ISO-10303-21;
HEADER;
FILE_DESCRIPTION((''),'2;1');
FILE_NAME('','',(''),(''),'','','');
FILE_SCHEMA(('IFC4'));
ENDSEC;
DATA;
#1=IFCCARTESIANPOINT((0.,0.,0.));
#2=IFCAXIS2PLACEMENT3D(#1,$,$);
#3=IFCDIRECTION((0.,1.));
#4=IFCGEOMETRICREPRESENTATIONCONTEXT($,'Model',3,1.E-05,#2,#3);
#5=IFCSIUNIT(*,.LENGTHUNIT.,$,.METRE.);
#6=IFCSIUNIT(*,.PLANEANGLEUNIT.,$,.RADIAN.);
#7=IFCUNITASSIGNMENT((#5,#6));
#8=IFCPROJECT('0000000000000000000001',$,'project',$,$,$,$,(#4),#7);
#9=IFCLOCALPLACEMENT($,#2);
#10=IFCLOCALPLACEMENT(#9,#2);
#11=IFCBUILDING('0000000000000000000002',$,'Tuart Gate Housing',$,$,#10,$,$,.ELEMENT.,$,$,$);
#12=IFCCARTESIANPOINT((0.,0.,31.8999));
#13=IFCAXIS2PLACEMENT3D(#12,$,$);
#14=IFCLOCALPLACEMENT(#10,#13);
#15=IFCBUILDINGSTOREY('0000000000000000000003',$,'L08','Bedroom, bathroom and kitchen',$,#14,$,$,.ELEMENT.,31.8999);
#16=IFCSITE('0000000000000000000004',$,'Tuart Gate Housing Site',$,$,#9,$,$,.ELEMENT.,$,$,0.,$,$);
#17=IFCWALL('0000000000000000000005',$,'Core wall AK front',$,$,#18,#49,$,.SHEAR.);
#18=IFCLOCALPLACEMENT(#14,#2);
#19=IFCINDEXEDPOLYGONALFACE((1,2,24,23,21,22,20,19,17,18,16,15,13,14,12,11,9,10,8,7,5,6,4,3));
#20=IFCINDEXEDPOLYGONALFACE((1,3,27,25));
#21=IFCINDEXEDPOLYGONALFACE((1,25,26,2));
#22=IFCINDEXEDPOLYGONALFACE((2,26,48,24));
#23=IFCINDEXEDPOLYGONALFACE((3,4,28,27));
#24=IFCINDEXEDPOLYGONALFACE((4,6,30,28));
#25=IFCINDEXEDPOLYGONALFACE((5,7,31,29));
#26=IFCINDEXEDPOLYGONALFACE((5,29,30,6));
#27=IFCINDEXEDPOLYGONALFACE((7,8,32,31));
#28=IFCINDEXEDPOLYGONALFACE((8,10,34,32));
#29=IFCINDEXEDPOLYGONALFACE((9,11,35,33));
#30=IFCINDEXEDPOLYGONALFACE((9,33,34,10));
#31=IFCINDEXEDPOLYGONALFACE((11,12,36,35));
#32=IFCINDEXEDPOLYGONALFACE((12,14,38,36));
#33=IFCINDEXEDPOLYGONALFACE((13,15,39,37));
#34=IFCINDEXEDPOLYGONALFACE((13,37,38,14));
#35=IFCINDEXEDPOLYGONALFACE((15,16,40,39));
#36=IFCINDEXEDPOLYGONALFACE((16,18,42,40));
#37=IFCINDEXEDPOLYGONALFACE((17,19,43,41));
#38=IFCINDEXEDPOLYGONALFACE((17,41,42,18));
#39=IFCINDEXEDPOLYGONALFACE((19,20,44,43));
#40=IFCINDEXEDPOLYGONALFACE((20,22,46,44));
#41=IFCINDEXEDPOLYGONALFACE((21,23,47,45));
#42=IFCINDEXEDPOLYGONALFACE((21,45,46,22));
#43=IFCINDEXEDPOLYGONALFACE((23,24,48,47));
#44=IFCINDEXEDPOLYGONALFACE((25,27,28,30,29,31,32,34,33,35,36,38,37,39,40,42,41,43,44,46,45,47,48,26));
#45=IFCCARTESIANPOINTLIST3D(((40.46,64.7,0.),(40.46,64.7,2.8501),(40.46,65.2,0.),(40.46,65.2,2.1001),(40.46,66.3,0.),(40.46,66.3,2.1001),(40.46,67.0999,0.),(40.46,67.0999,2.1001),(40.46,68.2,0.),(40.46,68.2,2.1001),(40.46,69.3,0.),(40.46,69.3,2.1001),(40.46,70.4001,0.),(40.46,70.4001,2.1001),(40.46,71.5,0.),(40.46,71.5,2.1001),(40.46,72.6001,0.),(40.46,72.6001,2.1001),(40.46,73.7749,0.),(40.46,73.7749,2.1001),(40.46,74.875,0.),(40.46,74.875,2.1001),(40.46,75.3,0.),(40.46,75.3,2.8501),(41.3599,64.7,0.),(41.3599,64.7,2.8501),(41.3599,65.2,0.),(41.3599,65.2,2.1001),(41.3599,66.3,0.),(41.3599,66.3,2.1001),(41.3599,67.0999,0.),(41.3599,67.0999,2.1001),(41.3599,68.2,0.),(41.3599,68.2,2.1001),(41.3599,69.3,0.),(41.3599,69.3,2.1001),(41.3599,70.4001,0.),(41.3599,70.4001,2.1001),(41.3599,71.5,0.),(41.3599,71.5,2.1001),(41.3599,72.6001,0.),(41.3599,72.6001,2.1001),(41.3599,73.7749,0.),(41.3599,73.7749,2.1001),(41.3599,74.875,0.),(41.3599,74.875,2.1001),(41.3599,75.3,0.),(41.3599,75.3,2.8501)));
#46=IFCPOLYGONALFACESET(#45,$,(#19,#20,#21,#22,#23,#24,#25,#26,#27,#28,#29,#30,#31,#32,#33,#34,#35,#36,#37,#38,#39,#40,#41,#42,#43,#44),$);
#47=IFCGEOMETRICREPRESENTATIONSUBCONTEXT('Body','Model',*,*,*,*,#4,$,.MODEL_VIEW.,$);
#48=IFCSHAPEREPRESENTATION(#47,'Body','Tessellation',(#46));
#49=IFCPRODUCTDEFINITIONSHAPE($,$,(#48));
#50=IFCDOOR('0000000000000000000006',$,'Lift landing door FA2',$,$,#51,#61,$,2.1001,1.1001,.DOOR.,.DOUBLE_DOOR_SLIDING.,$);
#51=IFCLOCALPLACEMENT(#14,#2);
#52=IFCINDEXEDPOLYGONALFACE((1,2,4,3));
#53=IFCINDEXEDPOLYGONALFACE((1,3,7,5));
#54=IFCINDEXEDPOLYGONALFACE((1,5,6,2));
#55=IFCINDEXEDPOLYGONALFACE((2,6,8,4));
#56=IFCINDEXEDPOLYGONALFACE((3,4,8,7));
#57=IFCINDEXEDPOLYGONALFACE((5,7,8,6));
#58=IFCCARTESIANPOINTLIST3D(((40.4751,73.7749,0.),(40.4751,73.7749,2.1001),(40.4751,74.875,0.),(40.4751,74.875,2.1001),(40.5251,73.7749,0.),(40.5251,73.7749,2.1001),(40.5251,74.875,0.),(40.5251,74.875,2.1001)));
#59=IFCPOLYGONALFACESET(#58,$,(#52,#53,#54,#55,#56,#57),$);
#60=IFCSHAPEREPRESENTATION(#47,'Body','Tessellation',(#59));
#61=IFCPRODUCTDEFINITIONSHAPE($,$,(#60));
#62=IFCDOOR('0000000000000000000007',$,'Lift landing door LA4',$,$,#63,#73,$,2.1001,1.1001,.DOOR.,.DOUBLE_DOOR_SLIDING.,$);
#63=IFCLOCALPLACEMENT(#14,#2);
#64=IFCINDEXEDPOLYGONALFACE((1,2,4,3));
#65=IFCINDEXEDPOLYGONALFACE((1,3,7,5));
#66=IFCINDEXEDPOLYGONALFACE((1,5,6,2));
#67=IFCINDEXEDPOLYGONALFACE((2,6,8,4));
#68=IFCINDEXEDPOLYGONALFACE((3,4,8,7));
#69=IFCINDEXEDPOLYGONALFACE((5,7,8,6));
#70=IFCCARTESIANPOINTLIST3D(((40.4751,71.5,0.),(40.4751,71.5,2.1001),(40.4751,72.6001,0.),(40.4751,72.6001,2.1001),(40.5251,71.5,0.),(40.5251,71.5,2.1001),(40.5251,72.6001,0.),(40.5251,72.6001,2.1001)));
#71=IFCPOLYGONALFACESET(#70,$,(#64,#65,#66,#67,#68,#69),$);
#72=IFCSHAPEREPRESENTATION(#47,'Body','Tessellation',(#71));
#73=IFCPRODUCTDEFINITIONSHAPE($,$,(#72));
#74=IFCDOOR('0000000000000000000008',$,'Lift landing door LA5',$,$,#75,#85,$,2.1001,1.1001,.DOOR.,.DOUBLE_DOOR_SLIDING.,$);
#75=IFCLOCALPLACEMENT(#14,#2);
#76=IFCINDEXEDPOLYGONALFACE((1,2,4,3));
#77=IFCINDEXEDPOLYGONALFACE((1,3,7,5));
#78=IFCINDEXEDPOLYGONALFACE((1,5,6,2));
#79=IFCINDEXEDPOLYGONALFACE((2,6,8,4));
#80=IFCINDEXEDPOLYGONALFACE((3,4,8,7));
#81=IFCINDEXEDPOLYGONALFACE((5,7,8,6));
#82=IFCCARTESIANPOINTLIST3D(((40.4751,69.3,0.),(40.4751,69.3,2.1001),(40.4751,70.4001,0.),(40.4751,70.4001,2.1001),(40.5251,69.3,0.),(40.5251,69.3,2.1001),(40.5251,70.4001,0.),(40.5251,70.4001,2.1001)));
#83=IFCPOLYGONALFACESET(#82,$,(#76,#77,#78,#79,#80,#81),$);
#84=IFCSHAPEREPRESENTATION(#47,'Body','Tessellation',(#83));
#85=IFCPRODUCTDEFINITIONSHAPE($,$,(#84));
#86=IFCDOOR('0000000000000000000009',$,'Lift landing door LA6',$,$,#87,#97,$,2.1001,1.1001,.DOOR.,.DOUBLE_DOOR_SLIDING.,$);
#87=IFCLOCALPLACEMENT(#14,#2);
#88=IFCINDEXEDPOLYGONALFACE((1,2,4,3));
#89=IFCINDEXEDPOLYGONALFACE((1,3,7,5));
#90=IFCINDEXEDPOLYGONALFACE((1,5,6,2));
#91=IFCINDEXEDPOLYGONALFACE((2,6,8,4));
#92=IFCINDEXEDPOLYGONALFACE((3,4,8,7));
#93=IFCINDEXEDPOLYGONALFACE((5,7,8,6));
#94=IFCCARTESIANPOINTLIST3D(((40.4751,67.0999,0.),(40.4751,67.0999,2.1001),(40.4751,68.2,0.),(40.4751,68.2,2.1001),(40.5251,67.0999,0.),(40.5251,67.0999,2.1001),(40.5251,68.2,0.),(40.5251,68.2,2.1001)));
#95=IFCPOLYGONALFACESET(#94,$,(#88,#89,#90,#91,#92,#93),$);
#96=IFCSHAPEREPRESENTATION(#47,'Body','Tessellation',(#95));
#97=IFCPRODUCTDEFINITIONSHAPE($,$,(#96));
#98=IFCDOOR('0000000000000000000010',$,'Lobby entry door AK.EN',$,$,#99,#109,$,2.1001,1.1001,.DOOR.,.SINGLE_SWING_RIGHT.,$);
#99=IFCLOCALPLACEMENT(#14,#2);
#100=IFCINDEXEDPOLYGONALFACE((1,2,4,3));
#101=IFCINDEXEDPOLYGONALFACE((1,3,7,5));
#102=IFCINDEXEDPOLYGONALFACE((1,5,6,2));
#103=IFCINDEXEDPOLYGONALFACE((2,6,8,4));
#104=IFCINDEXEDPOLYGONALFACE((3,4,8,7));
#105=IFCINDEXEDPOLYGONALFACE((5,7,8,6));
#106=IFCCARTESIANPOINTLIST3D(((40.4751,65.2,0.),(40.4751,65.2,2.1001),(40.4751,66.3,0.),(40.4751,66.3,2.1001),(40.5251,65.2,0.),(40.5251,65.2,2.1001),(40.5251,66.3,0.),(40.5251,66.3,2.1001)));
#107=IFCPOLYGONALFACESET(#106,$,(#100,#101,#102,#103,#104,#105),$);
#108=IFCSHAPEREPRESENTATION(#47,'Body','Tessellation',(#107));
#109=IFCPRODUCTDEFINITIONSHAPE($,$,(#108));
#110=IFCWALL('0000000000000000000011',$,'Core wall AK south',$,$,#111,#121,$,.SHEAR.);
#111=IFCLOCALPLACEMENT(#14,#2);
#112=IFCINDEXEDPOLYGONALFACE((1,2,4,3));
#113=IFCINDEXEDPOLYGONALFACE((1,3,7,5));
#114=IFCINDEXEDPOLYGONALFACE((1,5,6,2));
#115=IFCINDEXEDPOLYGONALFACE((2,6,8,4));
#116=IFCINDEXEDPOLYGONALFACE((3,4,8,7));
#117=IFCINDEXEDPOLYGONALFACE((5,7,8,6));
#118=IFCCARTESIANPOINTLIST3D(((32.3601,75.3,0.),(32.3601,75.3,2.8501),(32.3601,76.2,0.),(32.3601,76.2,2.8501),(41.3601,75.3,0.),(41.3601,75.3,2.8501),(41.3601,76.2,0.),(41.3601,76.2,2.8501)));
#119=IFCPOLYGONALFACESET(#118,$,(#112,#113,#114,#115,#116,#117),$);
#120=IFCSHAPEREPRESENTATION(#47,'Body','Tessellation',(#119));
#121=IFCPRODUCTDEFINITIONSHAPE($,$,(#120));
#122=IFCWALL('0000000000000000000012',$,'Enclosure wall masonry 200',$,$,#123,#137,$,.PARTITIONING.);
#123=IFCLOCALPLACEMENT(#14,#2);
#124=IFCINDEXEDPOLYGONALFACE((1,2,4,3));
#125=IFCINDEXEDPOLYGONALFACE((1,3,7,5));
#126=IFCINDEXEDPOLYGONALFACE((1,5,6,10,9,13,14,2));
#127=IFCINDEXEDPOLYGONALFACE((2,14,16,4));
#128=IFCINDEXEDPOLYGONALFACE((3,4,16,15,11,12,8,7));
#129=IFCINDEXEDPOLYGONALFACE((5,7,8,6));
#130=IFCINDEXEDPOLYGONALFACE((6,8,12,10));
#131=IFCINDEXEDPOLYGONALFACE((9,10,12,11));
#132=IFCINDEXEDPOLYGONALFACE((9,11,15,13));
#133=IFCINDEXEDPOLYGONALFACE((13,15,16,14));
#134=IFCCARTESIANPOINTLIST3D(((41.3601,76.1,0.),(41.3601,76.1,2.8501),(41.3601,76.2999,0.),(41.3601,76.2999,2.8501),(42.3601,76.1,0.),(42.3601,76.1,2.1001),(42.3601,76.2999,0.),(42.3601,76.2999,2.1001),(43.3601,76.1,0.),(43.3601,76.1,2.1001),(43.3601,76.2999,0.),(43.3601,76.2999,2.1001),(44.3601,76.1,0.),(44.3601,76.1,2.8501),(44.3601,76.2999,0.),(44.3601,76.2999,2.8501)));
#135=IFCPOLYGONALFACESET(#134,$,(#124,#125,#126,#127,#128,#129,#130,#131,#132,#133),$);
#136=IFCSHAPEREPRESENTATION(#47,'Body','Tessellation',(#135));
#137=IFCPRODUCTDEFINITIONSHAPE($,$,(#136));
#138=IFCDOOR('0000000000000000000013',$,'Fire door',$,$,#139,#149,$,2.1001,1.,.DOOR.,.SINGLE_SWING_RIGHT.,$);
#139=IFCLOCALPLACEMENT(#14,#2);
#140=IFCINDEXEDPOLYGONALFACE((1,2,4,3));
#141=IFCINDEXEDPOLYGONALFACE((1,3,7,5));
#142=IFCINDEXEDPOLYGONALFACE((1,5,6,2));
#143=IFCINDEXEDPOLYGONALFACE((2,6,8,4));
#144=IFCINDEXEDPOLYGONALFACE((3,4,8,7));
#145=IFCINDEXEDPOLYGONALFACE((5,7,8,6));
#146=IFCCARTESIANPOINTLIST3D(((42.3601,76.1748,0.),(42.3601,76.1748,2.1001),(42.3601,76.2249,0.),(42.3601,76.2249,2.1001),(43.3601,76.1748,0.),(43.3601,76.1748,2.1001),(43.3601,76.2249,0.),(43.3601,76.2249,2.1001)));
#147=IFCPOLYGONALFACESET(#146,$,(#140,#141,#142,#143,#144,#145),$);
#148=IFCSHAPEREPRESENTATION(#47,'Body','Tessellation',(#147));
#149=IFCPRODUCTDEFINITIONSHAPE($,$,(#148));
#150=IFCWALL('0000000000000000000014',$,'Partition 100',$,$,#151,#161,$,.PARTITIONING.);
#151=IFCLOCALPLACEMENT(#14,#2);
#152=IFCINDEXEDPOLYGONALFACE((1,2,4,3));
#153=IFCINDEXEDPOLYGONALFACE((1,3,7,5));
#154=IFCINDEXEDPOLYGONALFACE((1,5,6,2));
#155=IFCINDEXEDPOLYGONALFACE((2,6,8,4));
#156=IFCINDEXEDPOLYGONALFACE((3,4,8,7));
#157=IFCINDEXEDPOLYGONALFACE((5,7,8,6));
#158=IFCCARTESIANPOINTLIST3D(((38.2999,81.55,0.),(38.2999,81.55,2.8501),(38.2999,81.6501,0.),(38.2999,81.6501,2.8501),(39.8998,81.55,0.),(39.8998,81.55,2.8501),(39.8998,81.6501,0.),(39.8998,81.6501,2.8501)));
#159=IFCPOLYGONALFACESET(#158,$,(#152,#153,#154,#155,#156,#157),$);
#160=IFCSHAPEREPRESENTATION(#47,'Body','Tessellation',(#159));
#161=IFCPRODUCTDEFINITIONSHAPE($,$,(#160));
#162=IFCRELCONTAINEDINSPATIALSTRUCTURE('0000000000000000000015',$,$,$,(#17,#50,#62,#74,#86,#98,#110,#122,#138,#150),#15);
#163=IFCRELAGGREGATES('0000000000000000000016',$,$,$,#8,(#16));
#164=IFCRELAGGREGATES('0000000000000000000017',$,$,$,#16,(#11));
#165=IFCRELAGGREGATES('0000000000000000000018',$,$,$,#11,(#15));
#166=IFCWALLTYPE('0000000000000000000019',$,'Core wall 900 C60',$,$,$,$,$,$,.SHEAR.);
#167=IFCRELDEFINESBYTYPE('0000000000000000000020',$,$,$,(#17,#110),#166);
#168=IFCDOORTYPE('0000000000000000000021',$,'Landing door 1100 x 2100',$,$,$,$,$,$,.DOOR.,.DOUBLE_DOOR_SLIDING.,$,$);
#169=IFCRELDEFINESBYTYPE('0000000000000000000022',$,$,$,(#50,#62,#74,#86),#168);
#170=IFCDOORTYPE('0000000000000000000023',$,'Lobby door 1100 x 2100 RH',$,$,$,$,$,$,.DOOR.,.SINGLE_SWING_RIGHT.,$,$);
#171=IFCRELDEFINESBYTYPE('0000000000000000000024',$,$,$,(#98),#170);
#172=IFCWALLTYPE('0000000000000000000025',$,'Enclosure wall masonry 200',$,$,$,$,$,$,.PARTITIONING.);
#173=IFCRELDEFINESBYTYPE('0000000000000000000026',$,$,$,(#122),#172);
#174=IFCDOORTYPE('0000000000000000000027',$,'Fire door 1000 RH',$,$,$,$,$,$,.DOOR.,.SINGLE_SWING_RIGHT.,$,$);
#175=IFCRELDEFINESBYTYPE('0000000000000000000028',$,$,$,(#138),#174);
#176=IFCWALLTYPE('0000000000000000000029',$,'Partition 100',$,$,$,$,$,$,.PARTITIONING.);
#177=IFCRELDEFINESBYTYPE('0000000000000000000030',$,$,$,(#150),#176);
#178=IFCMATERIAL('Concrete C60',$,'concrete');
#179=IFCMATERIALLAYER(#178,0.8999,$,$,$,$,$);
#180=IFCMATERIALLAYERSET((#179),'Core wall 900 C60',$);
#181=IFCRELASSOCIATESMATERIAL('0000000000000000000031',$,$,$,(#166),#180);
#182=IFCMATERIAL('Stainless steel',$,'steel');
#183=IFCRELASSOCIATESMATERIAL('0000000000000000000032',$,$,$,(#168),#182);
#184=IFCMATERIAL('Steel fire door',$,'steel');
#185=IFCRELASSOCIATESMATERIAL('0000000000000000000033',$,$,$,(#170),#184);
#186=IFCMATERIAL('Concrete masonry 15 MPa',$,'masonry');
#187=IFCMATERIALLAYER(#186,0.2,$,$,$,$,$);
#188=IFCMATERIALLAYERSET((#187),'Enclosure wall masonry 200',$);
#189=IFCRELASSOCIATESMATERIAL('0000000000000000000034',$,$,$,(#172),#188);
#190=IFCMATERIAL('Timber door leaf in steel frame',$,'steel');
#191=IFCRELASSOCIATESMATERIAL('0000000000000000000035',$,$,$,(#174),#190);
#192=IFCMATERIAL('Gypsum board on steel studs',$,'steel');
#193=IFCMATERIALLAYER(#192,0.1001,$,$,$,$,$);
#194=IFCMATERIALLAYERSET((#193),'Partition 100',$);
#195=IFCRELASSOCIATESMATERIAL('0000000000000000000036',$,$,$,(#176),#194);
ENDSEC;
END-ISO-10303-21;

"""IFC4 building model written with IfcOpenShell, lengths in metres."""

from ifc_helpers import new_model, si_unit, direction, frame, frame_2d, origin, place, context, subcontext, project, spatial, rectangle, extrude, material, layer, layer_set, type_object, element, fill, save


model = new_model("IFC4")

# Units and contexts
model_context = context("Model", 3, precision=1e-05, world=origin(), true_north=direction((0.0, 1.0)))
body_context = subcontext(model_context, "Body", "Model", "MODEL_VIEW")
ifc_project = project(units=[si_unit("LENGTHUNIT", "METRE"), si_unit("PLANEANGLEUNIT", "RADIAN")], contexts=[model_context])

# Site, building, storey
site_placement = place(None, origin())
site = spatial("IfcSite", under=ifc_project, at=site_placement, Name="Tuart Gate Housing Site", CompositionType="ELEMENT", RefElevation=0.0)
building_placement = place(site_placement, origin())
building = spatial("IfcBuilding", under=site, at=building_placement, Name="Tuart Gate Housing", CompositionType="ELEMENT")
storey_placement = place(building_placement, frame((0.0, 0.0, 31.8999)))
storey = spatial("IfcBuildingStorey", under=building, at=storey_placement, Name="L08", Description="Bedroom, bathroom and kitchen", CompositionType="ELEMENT", Elevation=31.8999)

# Wall, openings, doors
ifc_material_1 = material(Name="Concrete C60", Category="concrete")
ifc_layer_1 = layer(ifc_material_1, 0.8999)
ifc_layer_set_1 = layer_set([ifc_layer_1], Name="Core wall 900 C60")
wall_type_1 = type_object("IfcWallType", Name="Core wall 900 C60", PredefinedType="SHEAR", material=ifc_layer_set_1)
wall_1_placement = place(storey_placement, frame((40.9099, 75.3, 0.0), z_axis=(0.0, 0.0, 1.0), x_axis=(0.0, -1.0, 0.0)))
wall_1 = element("IfcWall", 1, at=wall_1_placement, inside=storey, type_object=wall_type_1, Name="Core wall AK front", PredefinedType="SHEAR", context=body_context, shape_type="SweptSolid", body=[
    extrude(rectangle(XDim=10.6001, YDim=0.8999, at=frame_2d((5.3, 0.0))), origin(), (0.0, 0.0, 1.0), 2.8501),
])
opening_1_placement = place(wall_1_placement, frame((0.425, 0.0, 0.0)))
opening_1 = element("IfcOpeningElement", 2, at=opening_1_placement, cuts=wall_1, PredefinedType="OPENING", context=body_context, shape_type="SweptSolid", body=[
    extrude(rectangle(XDim=1.1001, YDim=2.1001, at=frame_2d((0.55, 1.05))), frame((0.0, 0.46, 0.0), z_axis=(0.0, -1.0, 0.0), x_axis=(1.0, 0.0, 0.0)), (0.0, 0.0, 1.0), 0.9199),
])
opening_2_placement = place(wall_1_placement, frame((2.7, 0.0, 0.0)))
opening_2 = element("IfcOpeningElement", 3, at=opening_2_placement, cuts=wall_1, PredefinedType="OPENING", context=body_context, shape_type="SweptSolid", body=[
    extrude(rectangle(XDim=1.1001, YDim=2.1001, at=frame_2d((0.55, 1.05))), frame((0.0, 0.46, 0.0), z_axis=(0.0, -1.0, 0.0), x_axis=(1.0, 0.0, 0.0)), (0.0, 0.0, 1.0), 0.9199),
])
opening_3_placement = place(wall_1_placement, frame((4.8999, 0.0, 0.0)))
opening_3 = element("IfcOpeningElement", 4, at=opening_3_placement, cuts=wall_1, PredefinedType="OPENING", context=body_context, shape_type="SweptSolid", body=[
    extrude(rectangle(XDim=1.1001, YDim=2.1001, at=frame_2d((0.55, 1.05))), frame((0.0, 0.46, 0.0), z_axis=(0.0, -1.0, 0.0), x_axis=(1.0, 0.0, 0.0)), (0.0, 0.0, 1.0), 0.9199),
])
opening_4_placement = place(wall_1_placement, frame((7.1001, 0.0, 0.0)))
opening_4 = element("IfcOpeningElement", 5, at=opening_4_placement, cuts=wall_1, PredefinedType="OPENING", context=body_context, shape_type="SweptSolid", body=[
    extrude(rectangle(XDim=1.1001, YDim=2.1001, at=frame_2d((0.55, 1.05))), frame((0.0, 0.46, 0.0), z_axis=(0.0, -1.0, 0.0), x_axis=(1.0, 0.0, 0.0)), (0.0, 0.0, 1.0), 0.9199),
])
opening_5_placement = place(wall_1_placement, frame((9.0, 0.0, 0.0)))
opening_5 = element("IfcOpeningElement", 6, at=opening_5_placement, cuts=wall_1, PredefinedType="OPENING", context=body_context, shape_type="SweptSolid", body=[
    extrude(rectangle(XDim=1.1001, YDim=2.1001, at=frame_2d((0.55, 1.05))), frame((0.0, 0.46, 0.0), z_axis=(0.0, -1.0, 0.0), x_axis=(1.0, 0.0, 0.0)), (0.0, 0.0, 1.0), 0.9199),
])
ifc_material_2 = material(Name="Stainless steel", Category="steel")
door_type_1 = type_object("IfcDoorType", Name="Landing door 1100 x 2100", OperationType="DOUBLE_DOOR_SLIDING", PredefinedType="DOOR", material=ifc_material_2)
door_1_placement = place(opening_1_placement, origin())
door_1 = element("IfcDoor", 7, at=door_1_placement, inside=storey, type_object=door_type_1, Name="Lift landing door FA2", OperationType="DOUBLE_DOOR_SLIDING", OverallHeight=2.1001, OverallWidth=1.1001, PredefinedType="DOOR", context=body_context, shape_type="SweptSolid", body=[
    extrude(rectangle(XDim=1.1001, YDim=2.1001, at=frame_2d((0.55, 1.05))), frame((0.0, -0.3848, 0.0), z_axis=(0.0, -1.0, 0.0), x_axis=(1.0, 0.0, 0.0)), (0.0, 0.0, 1.0), 0.05),
])
fill(opening_1, door_1)
door_2_placement = place(opening_2_placement, origin())
door_2 = element("IfcDoor", 8, at=door_2_placement, inside=storey, type_object=door_type_1, Name="Lift landing door LA4", OperationType="DOUBLE_DOOR_SLIDING", OverallHeight=2.1001, OverallWidth=1.1001, PredefinedType="DOOR", context=body_context, shape_type="SweptSolid", body=[
    extrude(rectangle(XDim=1.1001, YDim=2.1001, at=frame_2d((0.55, 1.05))), frame((0.0, -0.3848, 0.0), z_axis=(0.0, -1.0, 0.0), x_axis=(1.0, 0.0, 0.0)), (0.0, 0.0, 1.0), 0.05),
])
fill(opening_2, door_2)
door_3_placement = place(opening_3_placement, origin())
door_3 = element("IfcDoor", 9, at=door_3_placement, inside=storey, type_object=door_type_1, Name="Lift landing door LA5", OperationType="DOUBLE_DOOR_SLIDING", OverallHeight=2.1001, OverallWidth=1.1001, PredefinedType="DOOR", context=body_context, shape_type="SweptSolid", body=[
    extrude(rectangle(XDim=1.1001, YDim=2.1001, at=frame_2d((0.55, 1.05))), frame((0.0, -0.3848, 0.0), z_axis=(0.0, -1.0, 0.0), x_axis=(1.0, 0.0, 0.0)), (0.0, 0.0, 1.0), 0.05),
])
fill(opening_3, door_3)
door_4_placement = place(opening_4_placement, origin())
door_4 = element("IfcDoor", 10, at=door_4_placement, inside=storey, type_object=door_type_1, Name="Lift landing door LA6", OperationType="DOUBLE_DOOR_SLIDING", OverallHeight=2.1001, OverallWidth=1.1001, PredefinedType="DOOR", context=body_context, shape_type="SweptSolid", body=[
    extrude(rectangle(XDim=1.1001, YDim=2.1001, at=frame_2d((0.55, 1.05))), frame((0.0, -0.3848, 0.0), z_axis=(0.0, -1.0, 0.0), x_axis=(1.0, 0.0, 0.0)), (0.0, 0.0, 1.0), 0.05),
])
fill(opening_4, door_4)
ifc_material_3 = material(Name="Steel fire door", Category="steel")
door_type_2 = type_object("IfcDoorType", Name="Lobby door 1100 x 2100 RH", OperationType="SINGLE_SWING_RIGHT", PredefinedType="DOOR", material=ifc_material_3)
door_5_placement = place(opening_5_placement, frame((1.1001, 0.0, 0.0), z_axis=(0.0, 0.0, 1.0), x_axis=(-1.0, 0.0, 0.0)))
door_5 = element("IfcDoor", 11, at=door_5_placement, inside=storey, type_object=door_type_2, Name="Lobby entry door AK.EN", OperationType="SINGLE_SWING_RIGHT", OverallHeight=2.1001, OverallWidth=1.1001, PredefinedType="DOOR", context=body_context, shape_type="SweptSolid", body=[
    extrude(rectangle(XDim=1.1001, YDim=2.1001, at=frame_2d((0.55, 1.05))), frame((0.0, 0.4348, 0.0), z_axis=(0.0, -1.0, 0.0), x_axis=(1.0, 0.0, 0.0)), (0.0, 0.0, 1.0), 0.05),
])
fill(opening_5, door_5)

# Wall
wall_2_placement = place(storey_placement, frame((41.3601, 75.75, 0.0), z_axis=(0.0, 0.0, 1.0), x_axis=(-1.0, 0.0, 0.0)))
element("IfcWall", 12, at=wall_2_placement, inside=storey, type_object=wall_type_1, Name="Core wall AK south", PredefinedType="SHEAR", context=body_context, shape_type="SweptSolid", body=[
    extrude(rectangle(XDim=9.0, YDim=0.8999, at=frame_2d((4.5, 0.0))), origin(), (0.0, 0.0, 1.0), 2.8501),
])

# Wall, opening, door
ifc_material_4 = material(Name="Concrete masonry 15 MPa", Category="masonry")
ifc_layer_2 = layer(ifc_material_4, 0.2)
ifc_layer_set_2 = layer_set([ifc_layer_2], Name="Enclosure wall masonry 200")
wall_type_2 = type_object("IfcWallType", Name="Enclosure wall masonry 200", PredefinedType="PARTITIONING", material=ifc_layer_set_2)
wall_3_placement = place(storey_placement, frame((41.3601, 76.2, 0.0), z_axis=(0.0, 0.0, 1.0), x_axis=(1.0, 0.0, 0.0)))
wall_3 = element("IfcWall", 13, at=wall_3_placement, inside=storey, type_object=wall_type_2, Name="Enclosure wall masonry 200", PredefinedType="PARTITIONING", context=body_context, shape_type="SweptSolid", body=[
    extrude(rectangle(XDim=3.0, YDim=0.2, at=frame_2d((1.5, 0.0))), origin(), (0.0, 0.0, 1.0), 2.8501),
])
opening_6_placement = place(wall_3_placement, frame((1.0, 0.0, 0.0)))
opening_6 = element("IfcOpeningElement", 14, at=opening_6_placement, cuts=wall_3, PredefinedType="OPENING", context=body_context, shape_type="SweptSolid", body=[
    extrude(rectangle(XDim=1.0, YDim=2.1001, at=frame_2d((0.5, 1.05))), frame((0.0, 0.1099, 0.0), z_axis=(0.0, -1.0, 0.0), x_axis=(1.0, 0.0, 0.0)), (0.0, 0.0, 1.0), 0.22),
])
ifc_material_5 = material(Name="Timber door leaf in steel frame", Category="steel")
door_type_3 = type_object("IfcDoorType", Name="Fire door 1000 RH", OperationType="SINGLE_SWING_RIGHT", PredefinedType="DOOR", material=ifc_material_5)
door_6_placement = place(opening_6_placement, origin())
door_6 = element("IfcDoor", 15, at=door_6_placement, inside=storey, type_object=door_type_3, Name="Fire door", OperationType="SINGLE_SWING_RIGHT", OverallHeight=2.1001, OverallWidth=1.0, PredefinedType="DOOR", context=body_context, shape_type="SweptSolid", body=[
    extrude(rectangle(XDim=1.0, YDim=2.1001, at=frame_2d((0.5, 1.05))), frame((0.0, 0.0249, 0.0), z_axis=(0.0, -1.0, 0.0), x_axis=(1.0, 0.0, 0.0)), (0.0, 0.0, 1.0), 0.05),
])
fill(opening_6, door_6)

# Wall
ifc_material_6 = material(Name="Gypsum board on steel studs", Category="steel")
ifc_layer_3 = layer(ifc_material_6, 0.1001)
ifc_layer_set_3 = layer_set([ifc_layer_3], Name="Partition 100")
wall_type_3 = type_object("IfcWallType", Name="Partition 100", PredefinedType="PARTITIONING", material=ifc_layer_set_3)
wall_4_placement = place(storey_placement, frame((38.3, 81.6001, 0.0), z_axis=(0.0, 0.0, 1.0), x_axis=(1.0, 0.0, 0.0)))
element("IfcWall", 16, at=wall_4_placement, inside=storey, type_object=wall_type_3, Name="Partition 100", PredefinedType="PARTITIONING", context=body_context, shape_type="SweptSolid", body=[
    extrude(rectangle(XDim=1.5999, YDim=0.1001, at=frame_2d((0.7998, 0.0))), origin(), (0.0, 0.0, 1.0), 2.8501),
])

save(model, "model.ifc")
